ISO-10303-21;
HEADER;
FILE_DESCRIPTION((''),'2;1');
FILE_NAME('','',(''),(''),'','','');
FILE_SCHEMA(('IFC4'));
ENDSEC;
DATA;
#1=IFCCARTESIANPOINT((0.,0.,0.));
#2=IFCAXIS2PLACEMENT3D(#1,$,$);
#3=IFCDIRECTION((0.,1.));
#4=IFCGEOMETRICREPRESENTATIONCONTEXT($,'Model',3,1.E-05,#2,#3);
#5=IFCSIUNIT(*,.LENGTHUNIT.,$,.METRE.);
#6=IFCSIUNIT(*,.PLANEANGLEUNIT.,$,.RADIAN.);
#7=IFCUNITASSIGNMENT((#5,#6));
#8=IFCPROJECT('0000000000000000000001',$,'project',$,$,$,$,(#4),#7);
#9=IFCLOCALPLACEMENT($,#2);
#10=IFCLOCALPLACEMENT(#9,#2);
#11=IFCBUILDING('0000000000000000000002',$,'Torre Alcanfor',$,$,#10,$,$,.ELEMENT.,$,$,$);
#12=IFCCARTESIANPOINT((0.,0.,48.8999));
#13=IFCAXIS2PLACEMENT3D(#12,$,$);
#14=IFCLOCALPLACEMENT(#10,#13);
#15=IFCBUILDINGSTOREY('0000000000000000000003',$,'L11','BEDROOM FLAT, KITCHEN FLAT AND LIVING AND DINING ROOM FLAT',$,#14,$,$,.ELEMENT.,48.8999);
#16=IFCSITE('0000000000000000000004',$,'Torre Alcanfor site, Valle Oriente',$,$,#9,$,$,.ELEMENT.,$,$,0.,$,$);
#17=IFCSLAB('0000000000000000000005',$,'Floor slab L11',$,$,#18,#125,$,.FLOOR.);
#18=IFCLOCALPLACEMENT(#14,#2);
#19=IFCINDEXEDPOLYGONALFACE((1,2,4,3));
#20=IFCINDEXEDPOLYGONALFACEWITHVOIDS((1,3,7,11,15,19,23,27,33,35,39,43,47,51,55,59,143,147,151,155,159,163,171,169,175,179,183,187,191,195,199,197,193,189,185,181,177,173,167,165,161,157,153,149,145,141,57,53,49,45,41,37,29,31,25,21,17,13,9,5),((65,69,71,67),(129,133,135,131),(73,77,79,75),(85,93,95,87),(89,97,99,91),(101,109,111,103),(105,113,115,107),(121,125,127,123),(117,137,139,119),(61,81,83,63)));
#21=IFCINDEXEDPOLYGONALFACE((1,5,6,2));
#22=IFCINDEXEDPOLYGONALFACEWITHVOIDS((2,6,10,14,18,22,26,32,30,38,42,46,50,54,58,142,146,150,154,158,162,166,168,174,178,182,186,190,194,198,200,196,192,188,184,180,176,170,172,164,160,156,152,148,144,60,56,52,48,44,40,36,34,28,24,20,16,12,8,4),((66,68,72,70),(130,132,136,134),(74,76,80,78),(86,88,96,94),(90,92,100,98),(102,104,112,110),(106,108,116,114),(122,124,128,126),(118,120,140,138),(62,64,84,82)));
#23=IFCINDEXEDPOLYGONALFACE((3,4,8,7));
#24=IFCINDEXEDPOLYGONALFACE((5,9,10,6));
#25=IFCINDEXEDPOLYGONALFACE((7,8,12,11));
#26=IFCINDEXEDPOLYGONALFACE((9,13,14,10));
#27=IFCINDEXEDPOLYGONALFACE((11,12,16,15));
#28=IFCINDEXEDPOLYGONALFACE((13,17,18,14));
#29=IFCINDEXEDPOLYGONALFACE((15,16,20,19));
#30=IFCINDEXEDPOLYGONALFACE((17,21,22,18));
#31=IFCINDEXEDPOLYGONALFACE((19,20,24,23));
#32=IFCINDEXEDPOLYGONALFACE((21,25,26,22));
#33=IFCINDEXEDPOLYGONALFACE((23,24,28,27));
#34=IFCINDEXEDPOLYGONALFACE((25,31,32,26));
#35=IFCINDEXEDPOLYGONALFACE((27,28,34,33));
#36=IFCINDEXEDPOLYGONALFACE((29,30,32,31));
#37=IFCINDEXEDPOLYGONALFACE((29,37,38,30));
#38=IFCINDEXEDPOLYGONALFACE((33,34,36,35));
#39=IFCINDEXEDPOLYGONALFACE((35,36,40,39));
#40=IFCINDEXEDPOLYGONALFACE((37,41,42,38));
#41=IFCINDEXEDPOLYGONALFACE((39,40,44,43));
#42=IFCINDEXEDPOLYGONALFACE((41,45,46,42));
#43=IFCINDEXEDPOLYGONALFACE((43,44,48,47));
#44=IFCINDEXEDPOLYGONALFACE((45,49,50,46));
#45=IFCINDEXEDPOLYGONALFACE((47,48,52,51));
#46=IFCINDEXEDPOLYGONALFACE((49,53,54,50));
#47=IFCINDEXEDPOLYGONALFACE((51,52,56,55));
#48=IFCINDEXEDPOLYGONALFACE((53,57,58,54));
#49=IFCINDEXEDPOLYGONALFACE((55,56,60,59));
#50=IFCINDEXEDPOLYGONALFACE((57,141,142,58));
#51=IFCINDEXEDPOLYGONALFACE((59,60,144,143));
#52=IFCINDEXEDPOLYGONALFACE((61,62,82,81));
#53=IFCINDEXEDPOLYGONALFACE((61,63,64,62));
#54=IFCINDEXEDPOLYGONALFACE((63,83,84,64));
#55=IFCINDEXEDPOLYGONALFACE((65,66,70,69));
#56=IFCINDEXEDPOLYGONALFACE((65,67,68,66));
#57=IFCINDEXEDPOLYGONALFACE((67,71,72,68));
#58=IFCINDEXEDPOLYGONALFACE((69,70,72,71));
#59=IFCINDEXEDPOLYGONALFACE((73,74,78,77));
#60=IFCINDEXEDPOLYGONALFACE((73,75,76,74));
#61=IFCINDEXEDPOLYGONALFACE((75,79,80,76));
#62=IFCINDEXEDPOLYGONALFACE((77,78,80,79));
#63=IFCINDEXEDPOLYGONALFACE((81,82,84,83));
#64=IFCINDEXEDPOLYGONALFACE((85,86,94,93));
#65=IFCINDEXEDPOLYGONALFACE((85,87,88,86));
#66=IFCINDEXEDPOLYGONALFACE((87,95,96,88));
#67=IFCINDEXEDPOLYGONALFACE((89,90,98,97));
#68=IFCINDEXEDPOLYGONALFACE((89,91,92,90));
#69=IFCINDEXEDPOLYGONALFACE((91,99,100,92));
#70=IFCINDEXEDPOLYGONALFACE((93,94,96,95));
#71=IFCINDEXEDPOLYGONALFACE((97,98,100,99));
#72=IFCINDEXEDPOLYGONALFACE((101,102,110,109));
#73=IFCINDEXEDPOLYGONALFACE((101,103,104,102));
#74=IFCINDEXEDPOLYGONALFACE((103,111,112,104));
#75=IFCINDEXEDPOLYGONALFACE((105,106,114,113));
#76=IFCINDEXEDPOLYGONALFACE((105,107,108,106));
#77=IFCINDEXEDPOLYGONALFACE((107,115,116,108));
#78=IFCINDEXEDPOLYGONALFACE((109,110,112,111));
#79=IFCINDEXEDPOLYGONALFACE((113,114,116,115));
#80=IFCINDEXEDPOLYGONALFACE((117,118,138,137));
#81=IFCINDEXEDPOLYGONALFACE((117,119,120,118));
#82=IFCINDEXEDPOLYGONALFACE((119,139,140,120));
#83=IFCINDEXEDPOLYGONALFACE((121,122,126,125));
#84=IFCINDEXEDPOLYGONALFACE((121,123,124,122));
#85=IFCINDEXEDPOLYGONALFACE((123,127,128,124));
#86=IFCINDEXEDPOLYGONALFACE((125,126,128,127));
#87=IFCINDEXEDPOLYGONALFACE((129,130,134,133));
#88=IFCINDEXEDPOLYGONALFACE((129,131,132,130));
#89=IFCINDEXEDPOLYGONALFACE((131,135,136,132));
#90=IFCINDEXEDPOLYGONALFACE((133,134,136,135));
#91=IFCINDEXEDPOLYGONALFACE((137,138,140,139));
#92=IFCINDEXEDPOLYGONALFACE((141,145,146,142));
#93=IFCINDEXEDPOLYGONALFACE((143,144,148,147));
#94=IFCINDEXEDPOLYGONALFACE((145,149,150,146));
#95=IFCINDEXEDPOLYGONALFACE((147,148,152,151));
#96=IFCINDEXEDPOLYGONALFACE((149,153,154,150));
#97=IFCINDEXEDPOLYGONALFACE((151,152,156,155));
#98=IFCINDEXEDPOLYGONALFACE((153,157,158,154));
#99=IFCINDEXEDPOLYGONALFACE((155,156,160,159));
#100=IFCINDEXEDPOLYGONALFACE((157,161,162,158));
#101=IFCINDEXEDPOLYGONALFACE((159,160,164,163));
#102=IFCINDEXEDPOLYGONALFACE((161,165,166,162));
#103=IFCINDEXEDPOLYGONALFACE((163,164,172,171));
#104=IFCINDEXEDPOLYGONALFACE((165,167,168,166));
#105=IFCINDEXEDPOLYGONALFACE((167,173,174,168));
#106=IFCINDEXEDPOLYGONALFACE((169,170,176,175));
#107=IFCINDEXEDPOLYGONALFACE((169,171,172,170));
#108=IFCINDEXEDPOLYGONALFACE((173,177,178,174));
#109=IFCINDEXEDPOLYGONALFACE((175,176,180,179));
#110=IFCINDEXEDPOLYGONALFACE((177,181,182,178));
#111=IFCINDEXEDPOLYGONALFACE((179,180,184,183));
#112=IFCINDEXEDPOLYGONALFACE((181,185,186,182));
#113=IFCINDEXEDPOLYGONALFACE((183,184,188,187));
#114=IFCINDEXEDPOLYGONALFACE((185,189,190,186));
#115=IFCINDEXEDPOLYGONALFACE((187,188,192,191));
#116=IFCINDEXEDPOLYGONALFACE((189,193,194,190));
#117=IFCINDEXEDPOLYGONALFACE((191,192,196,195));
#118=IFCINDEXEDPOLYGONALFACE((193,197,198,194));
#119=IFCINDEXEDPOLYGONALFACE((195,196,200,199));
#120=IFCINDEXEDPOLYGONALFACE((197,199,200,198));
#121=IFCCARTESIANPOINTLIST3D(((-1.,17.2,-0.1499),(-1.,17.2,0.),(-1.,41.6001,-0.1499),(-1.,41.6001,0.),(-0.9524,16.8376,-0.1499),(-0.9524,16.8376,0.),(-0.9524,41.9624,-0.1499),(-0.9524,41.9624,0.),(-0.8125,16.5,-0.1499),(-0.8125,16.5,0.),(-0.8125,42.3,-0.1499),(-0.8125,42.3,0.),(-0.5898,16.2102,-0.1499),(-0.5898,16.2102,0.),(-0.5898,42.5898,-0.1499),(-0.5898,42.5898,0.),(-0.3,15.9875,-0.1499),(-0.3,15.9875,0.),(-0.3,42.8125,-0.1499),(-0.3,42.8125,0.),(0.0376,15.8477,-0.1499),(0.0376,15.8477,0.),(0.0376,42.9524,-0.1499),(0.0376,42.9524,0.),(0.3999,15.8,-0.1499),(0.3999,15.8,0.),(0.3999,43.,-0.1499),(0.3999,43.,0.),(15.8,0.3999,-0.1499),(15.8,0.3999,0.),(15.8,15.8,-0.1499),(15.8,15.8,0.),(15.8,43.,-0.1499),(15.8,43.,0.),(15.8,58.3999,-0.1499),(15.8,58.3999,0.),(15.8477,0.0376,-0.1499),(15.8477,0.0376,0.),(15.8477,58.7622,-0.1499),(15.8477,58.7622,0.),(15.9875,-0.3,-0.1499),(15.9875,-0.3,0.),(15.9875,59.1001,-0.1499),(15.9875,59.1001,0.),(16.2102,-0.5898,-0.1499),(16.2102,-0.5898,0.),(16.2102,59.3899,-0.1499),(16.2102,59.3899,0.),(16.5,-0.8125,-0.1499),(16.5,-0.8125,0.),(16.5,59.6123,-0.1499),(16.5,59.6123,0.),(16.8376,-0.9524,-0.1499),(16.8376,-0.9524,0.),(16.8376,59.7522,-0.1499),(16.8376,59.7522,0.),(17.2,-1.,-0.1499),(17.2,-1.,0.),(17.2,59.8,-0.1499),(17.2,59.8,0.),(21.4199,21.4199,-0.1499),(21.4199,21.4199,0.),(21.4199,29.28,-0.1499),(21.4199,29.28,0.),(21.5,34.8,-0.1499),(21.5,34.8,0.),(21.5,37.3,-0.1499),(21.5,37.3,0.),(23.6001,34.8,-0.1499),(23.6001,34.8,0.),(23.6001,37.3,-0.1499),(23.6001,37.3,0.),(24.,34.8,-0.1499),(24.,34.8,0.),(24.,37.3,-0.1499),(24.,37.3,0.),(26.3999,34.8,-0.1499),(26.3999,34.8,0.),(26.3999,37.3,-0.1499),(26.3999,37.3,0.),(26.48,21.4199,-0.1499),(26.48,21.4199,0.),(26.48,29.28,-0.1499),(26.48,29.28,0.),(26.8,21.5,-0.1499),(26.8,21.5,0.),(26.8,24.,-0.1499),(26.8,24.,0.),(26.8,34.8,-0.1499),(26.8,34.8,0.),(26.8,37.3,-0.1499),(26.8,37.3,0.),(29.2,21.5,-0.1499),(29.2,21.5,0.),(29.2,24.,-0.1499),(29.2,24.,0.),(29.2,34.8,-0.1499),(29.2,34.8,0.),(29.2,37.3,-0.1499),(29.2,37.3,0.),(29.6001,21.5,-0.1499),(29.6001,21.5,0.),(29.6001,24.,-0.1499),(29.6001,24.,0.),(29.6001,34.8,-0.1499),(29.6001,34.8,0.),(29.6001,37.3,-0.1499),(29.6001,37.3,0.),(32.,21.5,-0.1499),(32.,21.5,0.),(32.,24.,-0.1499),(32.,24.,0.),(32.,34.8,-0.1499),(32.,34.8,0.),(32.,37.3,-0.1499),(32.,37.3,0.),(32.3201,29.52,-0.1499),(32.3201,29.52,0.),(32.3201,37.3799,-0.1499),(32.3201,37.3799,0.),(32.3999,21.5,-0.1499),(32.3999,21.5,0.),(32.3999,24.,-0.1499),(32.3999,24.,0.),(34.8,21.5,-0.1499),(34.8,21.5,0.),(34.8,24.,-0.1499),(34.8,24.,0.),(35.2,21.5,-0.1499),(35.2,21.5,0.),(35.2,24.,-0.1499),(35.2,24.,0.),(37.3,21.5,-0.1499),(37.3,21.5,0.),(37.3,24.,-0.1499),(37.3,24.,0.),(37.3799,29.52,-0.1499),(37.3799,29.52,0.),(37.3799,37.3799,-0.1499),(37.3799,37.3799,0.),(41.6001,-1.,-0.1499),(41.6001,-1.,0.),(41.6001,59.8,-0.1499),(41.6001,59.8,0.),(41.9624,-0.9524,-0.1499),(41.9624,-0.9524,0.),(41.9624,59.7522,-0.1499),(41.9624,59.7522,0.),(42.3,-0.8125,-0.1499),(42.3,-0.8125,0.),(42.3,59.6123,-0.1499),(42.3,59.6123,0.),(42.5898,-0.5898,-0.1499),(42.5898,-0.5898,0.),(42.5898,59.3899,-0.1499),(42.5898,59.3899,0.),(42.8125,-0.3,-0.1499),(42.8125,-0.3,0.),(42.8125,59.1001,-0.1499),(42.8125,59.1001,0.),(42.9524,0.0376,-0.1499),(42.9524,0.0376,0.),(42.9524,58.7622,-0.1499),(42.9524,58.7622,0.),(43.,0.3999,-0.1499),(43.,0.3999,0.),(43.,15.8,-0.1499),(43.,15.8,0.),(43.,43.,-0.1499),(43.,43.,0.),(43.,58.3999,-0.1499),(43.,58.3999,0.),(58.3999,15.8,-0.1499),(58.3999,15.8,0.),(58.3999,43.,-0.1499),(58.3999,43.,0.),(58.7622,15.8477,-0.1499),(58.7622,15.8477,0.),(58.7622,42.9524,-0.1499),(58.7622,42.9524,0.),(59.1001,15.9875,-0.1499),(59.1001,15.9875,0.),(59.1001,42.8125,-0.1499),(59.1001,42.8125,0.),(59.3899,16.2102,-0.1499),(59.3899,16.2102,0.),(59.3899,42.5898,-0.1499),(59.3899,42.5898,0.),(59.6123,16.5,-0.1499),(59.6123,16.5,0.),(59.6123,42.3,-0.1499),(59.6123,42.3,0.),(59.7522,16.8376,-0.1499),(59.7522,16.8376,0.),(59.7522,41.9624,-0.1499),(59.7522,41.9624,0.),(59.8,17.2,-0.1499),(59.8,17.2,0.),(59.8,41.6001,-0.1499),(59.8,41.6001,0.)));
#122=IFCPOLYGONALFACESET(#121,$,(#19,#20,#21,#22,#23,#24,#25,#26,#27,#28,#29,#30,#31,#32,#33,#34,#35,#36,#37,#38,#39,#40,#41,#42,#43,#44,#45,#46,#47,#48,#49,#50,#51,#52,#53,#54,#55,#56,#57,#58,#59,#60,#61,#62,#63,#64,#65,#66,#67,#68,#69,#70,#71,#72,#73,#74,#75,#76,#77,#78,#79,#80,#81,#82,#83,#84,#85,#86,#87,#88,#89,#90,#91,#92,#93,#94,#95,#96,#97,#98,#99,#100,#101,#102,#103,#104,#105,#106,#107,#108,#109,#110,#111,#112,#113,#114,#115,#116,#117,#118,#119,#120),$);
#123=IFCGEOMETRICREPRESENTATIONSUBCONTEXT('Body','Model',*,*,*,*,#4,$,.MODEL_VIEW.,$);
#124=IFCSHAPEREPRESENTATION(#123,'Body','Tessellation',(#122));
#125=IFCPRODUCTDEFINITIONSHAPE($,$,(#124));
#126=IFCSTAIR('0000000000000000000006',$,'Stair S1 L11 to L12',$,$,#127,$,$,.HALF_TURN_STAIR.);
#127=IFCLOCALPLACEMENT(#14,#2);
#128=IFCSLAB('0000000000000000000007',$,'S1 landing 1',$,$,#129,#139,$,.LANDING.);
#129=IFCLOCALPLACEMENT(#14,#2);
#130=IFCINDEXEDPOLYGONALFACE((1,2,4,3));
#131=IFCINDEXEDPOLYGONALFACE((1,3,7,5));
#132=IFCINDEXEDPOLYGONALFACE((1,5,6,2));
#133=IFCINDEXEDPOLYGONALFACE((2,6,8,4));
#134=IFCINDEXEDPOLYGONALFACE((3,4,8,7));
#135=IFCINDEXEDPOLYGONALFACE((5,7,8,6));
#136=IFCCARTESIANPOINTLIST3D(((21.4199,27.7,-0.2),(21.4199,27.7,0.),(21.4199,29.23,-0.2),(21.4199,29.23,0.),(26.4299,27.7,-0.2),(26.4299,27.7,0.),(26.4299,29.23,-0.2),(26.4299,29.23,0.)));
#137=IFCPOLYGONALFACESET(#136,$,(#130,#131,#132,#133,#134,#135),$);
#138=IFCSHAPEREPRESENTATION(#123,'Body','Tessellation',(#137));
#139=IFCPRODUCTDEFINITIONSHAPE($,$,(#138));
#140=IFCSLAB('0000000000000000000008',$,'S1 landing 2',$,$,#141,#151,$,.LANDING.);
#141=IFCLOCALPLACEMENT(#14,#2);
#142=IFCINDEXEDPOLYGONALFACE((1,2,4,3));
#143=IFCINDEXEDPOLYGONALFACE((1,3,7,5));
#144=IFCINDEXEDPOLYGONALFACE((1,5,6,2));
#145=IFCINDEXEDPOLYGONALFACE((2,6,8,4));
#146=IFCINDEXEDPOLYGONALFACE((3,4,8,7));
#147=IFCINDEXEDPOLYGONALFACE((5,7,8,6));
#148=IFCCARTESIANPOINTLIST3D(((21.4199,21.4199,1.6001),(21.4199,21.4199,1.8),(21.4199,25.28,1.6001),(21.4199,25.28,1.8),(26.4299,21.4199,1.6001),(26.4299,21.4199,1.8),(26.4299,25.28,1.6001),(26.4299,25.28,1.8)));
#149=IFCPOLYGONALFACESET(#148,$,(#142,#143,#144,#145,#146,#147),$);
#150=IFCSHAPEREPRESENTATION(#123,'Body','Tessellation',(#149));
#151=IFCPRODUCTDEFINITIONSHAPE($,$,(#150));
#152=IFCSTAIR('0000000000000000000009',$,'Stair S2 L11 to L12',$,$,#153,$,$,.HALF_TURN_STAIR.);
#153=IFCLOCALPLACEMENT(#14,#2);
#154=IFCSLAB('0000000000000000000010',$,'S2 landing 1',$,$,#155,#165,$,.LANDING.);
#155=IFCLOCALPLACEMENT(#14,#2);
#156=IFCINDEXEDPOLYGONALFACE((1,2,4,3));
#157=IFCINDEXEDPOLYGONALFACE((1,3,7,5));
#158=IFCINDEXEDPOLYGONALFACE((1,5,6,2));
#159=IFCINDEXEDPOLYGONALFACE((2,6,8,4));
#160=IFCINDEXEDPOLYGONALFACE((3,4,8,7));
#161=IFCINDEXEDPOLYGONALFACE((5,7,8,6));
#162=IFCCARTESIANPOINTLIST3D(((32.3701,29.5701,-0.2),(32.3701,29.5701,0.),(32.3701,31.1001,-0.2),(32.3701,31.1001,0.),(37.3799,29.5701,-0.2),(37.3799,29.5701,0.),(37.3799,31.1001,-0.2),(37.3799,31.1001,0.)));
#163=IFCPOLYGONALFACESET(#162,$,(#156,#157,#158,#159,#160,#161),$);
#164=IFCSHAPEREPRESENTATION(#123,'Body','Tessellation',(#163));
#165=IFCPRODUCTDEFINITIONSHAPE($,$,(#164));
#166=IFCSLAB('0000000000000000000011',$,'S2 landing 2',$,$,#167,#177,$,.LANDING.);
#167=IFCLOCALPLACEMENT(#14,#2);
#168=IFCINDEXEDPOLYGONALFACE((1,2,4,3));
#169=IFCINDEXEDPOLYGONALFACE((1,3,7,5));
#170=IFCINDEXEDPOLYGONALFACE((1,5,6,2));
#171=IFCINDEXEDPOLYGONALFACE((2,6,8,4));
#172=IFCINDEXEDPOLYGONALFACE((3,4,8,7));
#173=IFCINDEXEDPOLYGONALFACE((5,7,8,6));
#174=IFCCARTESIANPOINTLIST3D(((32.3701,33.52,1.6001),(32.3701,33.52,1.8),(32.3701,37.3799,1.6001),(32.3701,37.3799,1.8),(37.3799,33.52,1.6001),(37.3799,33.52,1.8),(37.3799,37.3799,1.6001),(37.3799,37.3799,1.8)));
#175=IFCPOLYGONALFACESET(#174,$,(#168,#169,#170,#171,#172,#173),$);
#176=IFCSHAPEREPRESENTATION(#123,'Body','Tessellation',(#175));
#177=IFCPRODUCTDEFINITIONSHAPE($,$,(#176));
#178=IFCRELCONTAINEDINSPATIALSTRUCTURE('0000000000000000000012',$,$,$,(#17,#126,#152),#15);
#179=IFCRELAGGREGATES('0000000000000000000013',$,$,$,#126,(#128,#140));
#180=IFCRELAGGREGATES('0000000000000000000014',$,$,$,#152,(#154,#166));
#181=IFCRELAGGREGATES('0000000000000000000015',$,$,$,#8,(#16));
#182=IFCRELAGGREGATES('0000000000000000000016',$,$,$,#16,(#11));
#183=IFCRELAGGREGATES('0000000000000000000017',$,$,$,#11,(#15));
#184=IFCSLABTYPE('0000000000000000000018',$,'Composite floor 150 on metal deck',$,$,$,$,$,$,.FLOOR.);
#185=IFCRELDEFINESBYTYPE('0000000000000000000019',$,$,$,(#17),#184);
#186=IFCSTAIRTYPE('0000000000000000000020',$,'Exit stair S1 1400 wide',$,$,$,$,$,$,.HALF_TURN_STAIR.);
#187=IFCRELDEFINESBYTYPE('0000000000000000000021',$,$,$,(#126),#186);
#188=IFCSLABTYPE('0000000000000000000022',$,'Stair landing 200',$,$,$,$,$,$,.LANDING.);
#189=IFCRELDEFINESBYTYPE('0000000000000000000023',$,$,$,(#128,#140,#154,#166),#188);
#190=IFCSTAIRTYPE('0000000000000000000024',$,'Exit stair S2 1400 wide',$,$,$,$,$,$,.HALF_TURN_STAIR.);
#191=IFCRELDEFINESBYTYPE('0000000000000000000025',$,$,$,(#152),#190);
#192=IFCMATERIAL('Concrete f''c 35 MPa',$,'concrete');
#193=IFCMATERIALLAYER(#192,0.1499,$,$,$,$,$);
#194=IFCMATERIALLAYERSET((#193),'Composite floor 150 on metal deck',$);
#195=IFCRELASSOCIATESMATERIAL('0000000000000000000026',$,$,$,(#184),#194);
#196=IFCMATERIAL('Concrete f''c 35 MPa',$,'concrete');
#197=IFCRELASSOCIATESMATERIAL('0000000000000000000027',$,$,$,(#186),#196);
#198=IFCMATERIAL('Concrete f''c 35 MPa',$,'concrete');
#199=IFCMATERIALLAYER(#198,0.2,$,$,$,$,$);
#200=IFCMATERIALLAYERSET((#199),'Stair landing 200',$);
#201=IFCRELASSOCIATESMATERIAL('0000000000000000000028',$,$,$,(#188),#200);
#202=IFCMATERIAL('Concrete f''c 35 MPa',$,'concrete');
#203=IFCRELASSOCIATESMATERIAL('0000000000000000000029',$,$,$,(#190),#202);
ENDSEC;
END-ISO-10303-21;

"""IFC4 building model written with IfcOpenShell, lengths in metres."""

from ifc_helpers import new_model, si_unit, direction, frame, origin, place, context, subcontext, project, spatial, polyline, outline, extrude, material, layer, layer_set, type_object, element, aggregate, save


model = new_model("IFC4")

# Units and contexts
model_context = context("Model", 3, precision=1e-05, world=origin(), true_north=direction((0.0, 1.0)))
body_context = subcontext(model_context, "Body", "Model", "MODEL_VIEW")
ifc_project = project(units=[si_unit("LENGTHUNIT", "METRE"), si_unit("PLANEANGLEUNIT", "RADIAN")], contexts=[model_context])

# Site, building, storey
site_placement = place(None, origin())
site = spatial("IfcSite", under=ifc_project, at=site_placement, Name="Torre Alcanfor site, Valle Oriente", CompositionType="ELEMENT", RefElevation=0.0)
building_placement = place(site_placement, origin())
building = spatial("IfcBuilding", under=site, at=building_placement, Name="Torre Alcanfor", CompositionType="ELEMENT")
storey_placement = place(building_placement, frame((0.0, 0.0, 48.8999)))
storey = spatial("IfcBuildingStorey", under=building, at=storey_placement, Name="L11", Description="BEDROOM FLAT, KITCHEN FLAT AND LIVING AND DINING ROOM FLAT", CompositionType="ELEMENT", Elevation=48.8999)

# Slab
ifc_material_1 = material(Name="Concrete f'c 35 MPa", Category="concrete")
ifc_layer_1 = layer(ifc_material_1, 0.1499)
ifc_layer_set_1 = layer_set([ifc_layer_1], Name="Composite floor 150 on metal deck")
slab_type_1 = type_object("IfcSlabType", Name="Composite floor 150 on metal deck", PredefinedType="FLOOR", material=ifc_layer_set_1)
slab_1_placement = place(storey_placement, frame((0.0, 0.0, -0.1499)))
element("IfcSlab", 1, at=slab_1_placement, inside=storey, type_object=slab_type_1, Name="Floor slab L11", PredefinedType="FLOOR", context=body_context, shape_type="SweptSolid", body=[
    extrude(outline(polyline([(15.8, 43.0), (0.3999, 43.0), (0.0376, 42.9524), (-0.3, 42.8125), (-0.5898, 42.5898), (-0.8125, 42.3), (-0.9524, 41.9624), (-1.0, 41.6001), (-1.0, 17.2), (-0.9524, 16.8376), (-0.8125, 16.5), (-0.5898, 16.2102), (-0.3, 15.9875), (0.0376, 15.8477), (0.3999, 15.8), (15.8, 15.8), (15.8, 0.3999), (15.8477, 0.0376), (15.9875, -0.3), (16.2102, -0.5898), (16.5, -0.8125), (16.8376, -0.9524), (17.2, -1.0), (41.6001, -1.0), (41.9624, -0.9524), (42.3, -0.8125), (42.5898, -0.5898), (42.8125, -0.3), (42.9524, 0.0376), (43.0, 0.3999), (43.0, 15.8), (58.3999, 15.8), (58.7622, 15.8477), (59.1001, 15.9875), (59.3899, 16.2102), (59.6123, 16.5), (59.7522, 16.8376), (59.8, 17.2), (59.8, 41.6001), (59.7522, 41.9624), (59.6123, 42.3), (59.3899, 42.5898), (59.1001, 42.8125), (58.7622, 42.9524), (58.3999, 43.0), (43.0, 43.0), (43.0, 58.3999), (42.9524, 58.7622), (42.8125, 59.1001), (42.5898, 59.3899), (42.3, 59.6123), (41.9624, 59.7522), (41.6001, 59.8), (17.2, 59.8), (16.8376, 59.7522), (16.5, 59.6123), (16.2102, 59.3899), (15.9875, 59.1001), (15.8477, 58.7622), (15.8, 58.3999), (15.8, 43.0)]), holes=[polyline([(21.4199, 21.4199), (26.48, 21.4199), (26.48, 29.28), (21.4199, 29.28), (21.4199, 21.4199)]), polyline([(32.3201, 29.52), (37.3799, 29.52), (37.3799, 37.3799), (32.3201, 37.3799), (32.3201, 29.52)]), polyline([(26.8, 21.5), (29.2, 21.5), (29.2, 24.0), (26.8, 24.0), (26.8, 21.5)]), polyline([(29.6001, 21.5), (32.0, 21.5), (32.0, 24.0), (29.6001, 24.0), (29.6001, 21.5)]), polyline([(32.3999, 21.5), (34.8, 21.5), (34.8, 24.0), (32.3999, 24.0), (32.3999, 21.5)]), polyline([(35.2, 21.5), (37.3, 21.5), (37.3, 24.0), (35.2, 24.0), (35.2, 21.5)]), polyline([(21.5, 34.8), (23.6001, 34.8), (23.6001, 37.3), (21.5, 37.3), (21.5, 34.8)]), polyline([(24.0, 34.8), (26.3999, 34.8), (26.3999, 37.3), (24.0, 37.3), (24.0, 34.8)]), polyline([(26.8, 34.8), (29.2, 34.8), (29.2, 37.3), (26.8, 37.3), (26.8, 34.8)]), polyline([(29.6001, 34.8), (32.0, 34.8), (32.0, 37.3), (29.6001, 37.3), (29.6001, 34.8)])]), origin(), (0.0, 0.0, 1.0), 0.1499),
])

# Stairs, slabs
ifc_material_2 = material(Name="Concrete f'c 35 MPa", Category="concrete")
stair_type_1 = type_object("IfcStairType", Name="Exit stair S1 1400 wide", PredefinedType="HALF_TURN_STAIR", material=ifc_material_2)
stair_1_placement = place(storey_placement, origin())
stair_1 = element("IfcStair", 2, at=stair_1_placement, inside=storey, type_object=stair_type_1, Name="Stair S1 L11 to L12", PredefinedType="HALF_TURN_STAIR")
ifc_material_3 = material(Name="Concrete f'c 35 MPa", Category="concrete")
ifc_layer_2 = layer(ifc_material_3, 0.2)
ifc_layer_set_2 = layer_set([ifc_layer_2], Name="Stair landing 200")
slab_type_2 = type_object("IfcSlabType", Name="Stair landing 200", PredefinedType="LANDING", material=ifc_layer_set_2)
slab_2_placement = place(storey_placement, frame((0.0, 0.0, -0.2)))
slab_2 = element("IfcSlab", 3, at=slab_2_placement, type_object=slab_type_2, Name="S1 landing 1", PredefinedType="LANDING", context=body_context, shape_type="SweptSolid", body=[
    extrude(outline(polyline([(21.4199, 27.7), (26.4299, 27.7), (26.4299, 29.23), (21.4199, 29.23), (21.4199, 27.7)])), origin(), (0.0, 0.0, 1.0), 0.2),
])
slab_3_placement = place(storey_placement, frame((0.0, 0.0, 1.6001)))
slab_3 = element("IfcSlab", 4, at=slab_3_placement, type_object=slab_type_2, Name="S1 landing 2", PredefinedType="LANDING", context=body_context, shape_type="SweptSolid", body=[
    extrude(outline(polyline([(21.4199, 21.4199), (26.4299, 21.4199), (26.4299, 25.28), (21.4199, 25.28), (21.4199, 21.4199)])), origin(), (0.0, 0.0, 1.0), 0.2),
])
aggregate(stair_1, [slab_2, slab_3])
ifc_material_4 = material(Name="Concrete f'c 35 MPa", Category="concrete")
stair_type_2 = type_object("IfcStairType", Name="Exit stair S2 1400 wide", PredefinedType="HALF_TURN_STAIR", material=ifc_material_4)
stair_2_placement = place(storey_placement, origin())
stair_2 = element("IfcStair", 5, at=stair_2_placement, inside=storey, type_object=stair_type_2, Name="Stair S2 L11 to L12", PredefinedType="HALF_TURN_STAIR")
slab_4_placement = place(storey_placement, frame((0.0, 0.0, -0.2)))
slab_4 = element("IfcSlab", 6, at=slab_4_placement, type_object=slab_type_2, Name="S2 landing 1", PredefinedType="LANDING", context=body_context, shape_type="SweptSolid", body=[
    extrude(outline(polyline([(32.3701, 29.5701), (37.3799, 29.5701), (37.3799, 31.1001), (32.3701, 31.1001), (32.3701, 29.5701)])), origin(), (0.0, 0.0, 1.0), 0.2),
])
slab_5_placement = place(storey_placement, frame((0.0, 0.0, 1.6001)))
slab_5 = element("IfcSlab", 7, at=slab_5_placement, type_object=slab_type_2, Name="S2 landing 2", PredefinedType="LANDING", context=body_context, shape_type="SweptSolid", body=[
    extrude(outline(polyline([(32.3701, 33.52), (37.3799, 33.52), (37.3799, 37.3799), (32.3701, 37.3799), (32.3701, 33.52)])), origin(), (0.0, 0.0, 1.0), 0.2),
])
aggregate(stair_2, [slab_4, slab_5])

save(model, "model.ifc")
